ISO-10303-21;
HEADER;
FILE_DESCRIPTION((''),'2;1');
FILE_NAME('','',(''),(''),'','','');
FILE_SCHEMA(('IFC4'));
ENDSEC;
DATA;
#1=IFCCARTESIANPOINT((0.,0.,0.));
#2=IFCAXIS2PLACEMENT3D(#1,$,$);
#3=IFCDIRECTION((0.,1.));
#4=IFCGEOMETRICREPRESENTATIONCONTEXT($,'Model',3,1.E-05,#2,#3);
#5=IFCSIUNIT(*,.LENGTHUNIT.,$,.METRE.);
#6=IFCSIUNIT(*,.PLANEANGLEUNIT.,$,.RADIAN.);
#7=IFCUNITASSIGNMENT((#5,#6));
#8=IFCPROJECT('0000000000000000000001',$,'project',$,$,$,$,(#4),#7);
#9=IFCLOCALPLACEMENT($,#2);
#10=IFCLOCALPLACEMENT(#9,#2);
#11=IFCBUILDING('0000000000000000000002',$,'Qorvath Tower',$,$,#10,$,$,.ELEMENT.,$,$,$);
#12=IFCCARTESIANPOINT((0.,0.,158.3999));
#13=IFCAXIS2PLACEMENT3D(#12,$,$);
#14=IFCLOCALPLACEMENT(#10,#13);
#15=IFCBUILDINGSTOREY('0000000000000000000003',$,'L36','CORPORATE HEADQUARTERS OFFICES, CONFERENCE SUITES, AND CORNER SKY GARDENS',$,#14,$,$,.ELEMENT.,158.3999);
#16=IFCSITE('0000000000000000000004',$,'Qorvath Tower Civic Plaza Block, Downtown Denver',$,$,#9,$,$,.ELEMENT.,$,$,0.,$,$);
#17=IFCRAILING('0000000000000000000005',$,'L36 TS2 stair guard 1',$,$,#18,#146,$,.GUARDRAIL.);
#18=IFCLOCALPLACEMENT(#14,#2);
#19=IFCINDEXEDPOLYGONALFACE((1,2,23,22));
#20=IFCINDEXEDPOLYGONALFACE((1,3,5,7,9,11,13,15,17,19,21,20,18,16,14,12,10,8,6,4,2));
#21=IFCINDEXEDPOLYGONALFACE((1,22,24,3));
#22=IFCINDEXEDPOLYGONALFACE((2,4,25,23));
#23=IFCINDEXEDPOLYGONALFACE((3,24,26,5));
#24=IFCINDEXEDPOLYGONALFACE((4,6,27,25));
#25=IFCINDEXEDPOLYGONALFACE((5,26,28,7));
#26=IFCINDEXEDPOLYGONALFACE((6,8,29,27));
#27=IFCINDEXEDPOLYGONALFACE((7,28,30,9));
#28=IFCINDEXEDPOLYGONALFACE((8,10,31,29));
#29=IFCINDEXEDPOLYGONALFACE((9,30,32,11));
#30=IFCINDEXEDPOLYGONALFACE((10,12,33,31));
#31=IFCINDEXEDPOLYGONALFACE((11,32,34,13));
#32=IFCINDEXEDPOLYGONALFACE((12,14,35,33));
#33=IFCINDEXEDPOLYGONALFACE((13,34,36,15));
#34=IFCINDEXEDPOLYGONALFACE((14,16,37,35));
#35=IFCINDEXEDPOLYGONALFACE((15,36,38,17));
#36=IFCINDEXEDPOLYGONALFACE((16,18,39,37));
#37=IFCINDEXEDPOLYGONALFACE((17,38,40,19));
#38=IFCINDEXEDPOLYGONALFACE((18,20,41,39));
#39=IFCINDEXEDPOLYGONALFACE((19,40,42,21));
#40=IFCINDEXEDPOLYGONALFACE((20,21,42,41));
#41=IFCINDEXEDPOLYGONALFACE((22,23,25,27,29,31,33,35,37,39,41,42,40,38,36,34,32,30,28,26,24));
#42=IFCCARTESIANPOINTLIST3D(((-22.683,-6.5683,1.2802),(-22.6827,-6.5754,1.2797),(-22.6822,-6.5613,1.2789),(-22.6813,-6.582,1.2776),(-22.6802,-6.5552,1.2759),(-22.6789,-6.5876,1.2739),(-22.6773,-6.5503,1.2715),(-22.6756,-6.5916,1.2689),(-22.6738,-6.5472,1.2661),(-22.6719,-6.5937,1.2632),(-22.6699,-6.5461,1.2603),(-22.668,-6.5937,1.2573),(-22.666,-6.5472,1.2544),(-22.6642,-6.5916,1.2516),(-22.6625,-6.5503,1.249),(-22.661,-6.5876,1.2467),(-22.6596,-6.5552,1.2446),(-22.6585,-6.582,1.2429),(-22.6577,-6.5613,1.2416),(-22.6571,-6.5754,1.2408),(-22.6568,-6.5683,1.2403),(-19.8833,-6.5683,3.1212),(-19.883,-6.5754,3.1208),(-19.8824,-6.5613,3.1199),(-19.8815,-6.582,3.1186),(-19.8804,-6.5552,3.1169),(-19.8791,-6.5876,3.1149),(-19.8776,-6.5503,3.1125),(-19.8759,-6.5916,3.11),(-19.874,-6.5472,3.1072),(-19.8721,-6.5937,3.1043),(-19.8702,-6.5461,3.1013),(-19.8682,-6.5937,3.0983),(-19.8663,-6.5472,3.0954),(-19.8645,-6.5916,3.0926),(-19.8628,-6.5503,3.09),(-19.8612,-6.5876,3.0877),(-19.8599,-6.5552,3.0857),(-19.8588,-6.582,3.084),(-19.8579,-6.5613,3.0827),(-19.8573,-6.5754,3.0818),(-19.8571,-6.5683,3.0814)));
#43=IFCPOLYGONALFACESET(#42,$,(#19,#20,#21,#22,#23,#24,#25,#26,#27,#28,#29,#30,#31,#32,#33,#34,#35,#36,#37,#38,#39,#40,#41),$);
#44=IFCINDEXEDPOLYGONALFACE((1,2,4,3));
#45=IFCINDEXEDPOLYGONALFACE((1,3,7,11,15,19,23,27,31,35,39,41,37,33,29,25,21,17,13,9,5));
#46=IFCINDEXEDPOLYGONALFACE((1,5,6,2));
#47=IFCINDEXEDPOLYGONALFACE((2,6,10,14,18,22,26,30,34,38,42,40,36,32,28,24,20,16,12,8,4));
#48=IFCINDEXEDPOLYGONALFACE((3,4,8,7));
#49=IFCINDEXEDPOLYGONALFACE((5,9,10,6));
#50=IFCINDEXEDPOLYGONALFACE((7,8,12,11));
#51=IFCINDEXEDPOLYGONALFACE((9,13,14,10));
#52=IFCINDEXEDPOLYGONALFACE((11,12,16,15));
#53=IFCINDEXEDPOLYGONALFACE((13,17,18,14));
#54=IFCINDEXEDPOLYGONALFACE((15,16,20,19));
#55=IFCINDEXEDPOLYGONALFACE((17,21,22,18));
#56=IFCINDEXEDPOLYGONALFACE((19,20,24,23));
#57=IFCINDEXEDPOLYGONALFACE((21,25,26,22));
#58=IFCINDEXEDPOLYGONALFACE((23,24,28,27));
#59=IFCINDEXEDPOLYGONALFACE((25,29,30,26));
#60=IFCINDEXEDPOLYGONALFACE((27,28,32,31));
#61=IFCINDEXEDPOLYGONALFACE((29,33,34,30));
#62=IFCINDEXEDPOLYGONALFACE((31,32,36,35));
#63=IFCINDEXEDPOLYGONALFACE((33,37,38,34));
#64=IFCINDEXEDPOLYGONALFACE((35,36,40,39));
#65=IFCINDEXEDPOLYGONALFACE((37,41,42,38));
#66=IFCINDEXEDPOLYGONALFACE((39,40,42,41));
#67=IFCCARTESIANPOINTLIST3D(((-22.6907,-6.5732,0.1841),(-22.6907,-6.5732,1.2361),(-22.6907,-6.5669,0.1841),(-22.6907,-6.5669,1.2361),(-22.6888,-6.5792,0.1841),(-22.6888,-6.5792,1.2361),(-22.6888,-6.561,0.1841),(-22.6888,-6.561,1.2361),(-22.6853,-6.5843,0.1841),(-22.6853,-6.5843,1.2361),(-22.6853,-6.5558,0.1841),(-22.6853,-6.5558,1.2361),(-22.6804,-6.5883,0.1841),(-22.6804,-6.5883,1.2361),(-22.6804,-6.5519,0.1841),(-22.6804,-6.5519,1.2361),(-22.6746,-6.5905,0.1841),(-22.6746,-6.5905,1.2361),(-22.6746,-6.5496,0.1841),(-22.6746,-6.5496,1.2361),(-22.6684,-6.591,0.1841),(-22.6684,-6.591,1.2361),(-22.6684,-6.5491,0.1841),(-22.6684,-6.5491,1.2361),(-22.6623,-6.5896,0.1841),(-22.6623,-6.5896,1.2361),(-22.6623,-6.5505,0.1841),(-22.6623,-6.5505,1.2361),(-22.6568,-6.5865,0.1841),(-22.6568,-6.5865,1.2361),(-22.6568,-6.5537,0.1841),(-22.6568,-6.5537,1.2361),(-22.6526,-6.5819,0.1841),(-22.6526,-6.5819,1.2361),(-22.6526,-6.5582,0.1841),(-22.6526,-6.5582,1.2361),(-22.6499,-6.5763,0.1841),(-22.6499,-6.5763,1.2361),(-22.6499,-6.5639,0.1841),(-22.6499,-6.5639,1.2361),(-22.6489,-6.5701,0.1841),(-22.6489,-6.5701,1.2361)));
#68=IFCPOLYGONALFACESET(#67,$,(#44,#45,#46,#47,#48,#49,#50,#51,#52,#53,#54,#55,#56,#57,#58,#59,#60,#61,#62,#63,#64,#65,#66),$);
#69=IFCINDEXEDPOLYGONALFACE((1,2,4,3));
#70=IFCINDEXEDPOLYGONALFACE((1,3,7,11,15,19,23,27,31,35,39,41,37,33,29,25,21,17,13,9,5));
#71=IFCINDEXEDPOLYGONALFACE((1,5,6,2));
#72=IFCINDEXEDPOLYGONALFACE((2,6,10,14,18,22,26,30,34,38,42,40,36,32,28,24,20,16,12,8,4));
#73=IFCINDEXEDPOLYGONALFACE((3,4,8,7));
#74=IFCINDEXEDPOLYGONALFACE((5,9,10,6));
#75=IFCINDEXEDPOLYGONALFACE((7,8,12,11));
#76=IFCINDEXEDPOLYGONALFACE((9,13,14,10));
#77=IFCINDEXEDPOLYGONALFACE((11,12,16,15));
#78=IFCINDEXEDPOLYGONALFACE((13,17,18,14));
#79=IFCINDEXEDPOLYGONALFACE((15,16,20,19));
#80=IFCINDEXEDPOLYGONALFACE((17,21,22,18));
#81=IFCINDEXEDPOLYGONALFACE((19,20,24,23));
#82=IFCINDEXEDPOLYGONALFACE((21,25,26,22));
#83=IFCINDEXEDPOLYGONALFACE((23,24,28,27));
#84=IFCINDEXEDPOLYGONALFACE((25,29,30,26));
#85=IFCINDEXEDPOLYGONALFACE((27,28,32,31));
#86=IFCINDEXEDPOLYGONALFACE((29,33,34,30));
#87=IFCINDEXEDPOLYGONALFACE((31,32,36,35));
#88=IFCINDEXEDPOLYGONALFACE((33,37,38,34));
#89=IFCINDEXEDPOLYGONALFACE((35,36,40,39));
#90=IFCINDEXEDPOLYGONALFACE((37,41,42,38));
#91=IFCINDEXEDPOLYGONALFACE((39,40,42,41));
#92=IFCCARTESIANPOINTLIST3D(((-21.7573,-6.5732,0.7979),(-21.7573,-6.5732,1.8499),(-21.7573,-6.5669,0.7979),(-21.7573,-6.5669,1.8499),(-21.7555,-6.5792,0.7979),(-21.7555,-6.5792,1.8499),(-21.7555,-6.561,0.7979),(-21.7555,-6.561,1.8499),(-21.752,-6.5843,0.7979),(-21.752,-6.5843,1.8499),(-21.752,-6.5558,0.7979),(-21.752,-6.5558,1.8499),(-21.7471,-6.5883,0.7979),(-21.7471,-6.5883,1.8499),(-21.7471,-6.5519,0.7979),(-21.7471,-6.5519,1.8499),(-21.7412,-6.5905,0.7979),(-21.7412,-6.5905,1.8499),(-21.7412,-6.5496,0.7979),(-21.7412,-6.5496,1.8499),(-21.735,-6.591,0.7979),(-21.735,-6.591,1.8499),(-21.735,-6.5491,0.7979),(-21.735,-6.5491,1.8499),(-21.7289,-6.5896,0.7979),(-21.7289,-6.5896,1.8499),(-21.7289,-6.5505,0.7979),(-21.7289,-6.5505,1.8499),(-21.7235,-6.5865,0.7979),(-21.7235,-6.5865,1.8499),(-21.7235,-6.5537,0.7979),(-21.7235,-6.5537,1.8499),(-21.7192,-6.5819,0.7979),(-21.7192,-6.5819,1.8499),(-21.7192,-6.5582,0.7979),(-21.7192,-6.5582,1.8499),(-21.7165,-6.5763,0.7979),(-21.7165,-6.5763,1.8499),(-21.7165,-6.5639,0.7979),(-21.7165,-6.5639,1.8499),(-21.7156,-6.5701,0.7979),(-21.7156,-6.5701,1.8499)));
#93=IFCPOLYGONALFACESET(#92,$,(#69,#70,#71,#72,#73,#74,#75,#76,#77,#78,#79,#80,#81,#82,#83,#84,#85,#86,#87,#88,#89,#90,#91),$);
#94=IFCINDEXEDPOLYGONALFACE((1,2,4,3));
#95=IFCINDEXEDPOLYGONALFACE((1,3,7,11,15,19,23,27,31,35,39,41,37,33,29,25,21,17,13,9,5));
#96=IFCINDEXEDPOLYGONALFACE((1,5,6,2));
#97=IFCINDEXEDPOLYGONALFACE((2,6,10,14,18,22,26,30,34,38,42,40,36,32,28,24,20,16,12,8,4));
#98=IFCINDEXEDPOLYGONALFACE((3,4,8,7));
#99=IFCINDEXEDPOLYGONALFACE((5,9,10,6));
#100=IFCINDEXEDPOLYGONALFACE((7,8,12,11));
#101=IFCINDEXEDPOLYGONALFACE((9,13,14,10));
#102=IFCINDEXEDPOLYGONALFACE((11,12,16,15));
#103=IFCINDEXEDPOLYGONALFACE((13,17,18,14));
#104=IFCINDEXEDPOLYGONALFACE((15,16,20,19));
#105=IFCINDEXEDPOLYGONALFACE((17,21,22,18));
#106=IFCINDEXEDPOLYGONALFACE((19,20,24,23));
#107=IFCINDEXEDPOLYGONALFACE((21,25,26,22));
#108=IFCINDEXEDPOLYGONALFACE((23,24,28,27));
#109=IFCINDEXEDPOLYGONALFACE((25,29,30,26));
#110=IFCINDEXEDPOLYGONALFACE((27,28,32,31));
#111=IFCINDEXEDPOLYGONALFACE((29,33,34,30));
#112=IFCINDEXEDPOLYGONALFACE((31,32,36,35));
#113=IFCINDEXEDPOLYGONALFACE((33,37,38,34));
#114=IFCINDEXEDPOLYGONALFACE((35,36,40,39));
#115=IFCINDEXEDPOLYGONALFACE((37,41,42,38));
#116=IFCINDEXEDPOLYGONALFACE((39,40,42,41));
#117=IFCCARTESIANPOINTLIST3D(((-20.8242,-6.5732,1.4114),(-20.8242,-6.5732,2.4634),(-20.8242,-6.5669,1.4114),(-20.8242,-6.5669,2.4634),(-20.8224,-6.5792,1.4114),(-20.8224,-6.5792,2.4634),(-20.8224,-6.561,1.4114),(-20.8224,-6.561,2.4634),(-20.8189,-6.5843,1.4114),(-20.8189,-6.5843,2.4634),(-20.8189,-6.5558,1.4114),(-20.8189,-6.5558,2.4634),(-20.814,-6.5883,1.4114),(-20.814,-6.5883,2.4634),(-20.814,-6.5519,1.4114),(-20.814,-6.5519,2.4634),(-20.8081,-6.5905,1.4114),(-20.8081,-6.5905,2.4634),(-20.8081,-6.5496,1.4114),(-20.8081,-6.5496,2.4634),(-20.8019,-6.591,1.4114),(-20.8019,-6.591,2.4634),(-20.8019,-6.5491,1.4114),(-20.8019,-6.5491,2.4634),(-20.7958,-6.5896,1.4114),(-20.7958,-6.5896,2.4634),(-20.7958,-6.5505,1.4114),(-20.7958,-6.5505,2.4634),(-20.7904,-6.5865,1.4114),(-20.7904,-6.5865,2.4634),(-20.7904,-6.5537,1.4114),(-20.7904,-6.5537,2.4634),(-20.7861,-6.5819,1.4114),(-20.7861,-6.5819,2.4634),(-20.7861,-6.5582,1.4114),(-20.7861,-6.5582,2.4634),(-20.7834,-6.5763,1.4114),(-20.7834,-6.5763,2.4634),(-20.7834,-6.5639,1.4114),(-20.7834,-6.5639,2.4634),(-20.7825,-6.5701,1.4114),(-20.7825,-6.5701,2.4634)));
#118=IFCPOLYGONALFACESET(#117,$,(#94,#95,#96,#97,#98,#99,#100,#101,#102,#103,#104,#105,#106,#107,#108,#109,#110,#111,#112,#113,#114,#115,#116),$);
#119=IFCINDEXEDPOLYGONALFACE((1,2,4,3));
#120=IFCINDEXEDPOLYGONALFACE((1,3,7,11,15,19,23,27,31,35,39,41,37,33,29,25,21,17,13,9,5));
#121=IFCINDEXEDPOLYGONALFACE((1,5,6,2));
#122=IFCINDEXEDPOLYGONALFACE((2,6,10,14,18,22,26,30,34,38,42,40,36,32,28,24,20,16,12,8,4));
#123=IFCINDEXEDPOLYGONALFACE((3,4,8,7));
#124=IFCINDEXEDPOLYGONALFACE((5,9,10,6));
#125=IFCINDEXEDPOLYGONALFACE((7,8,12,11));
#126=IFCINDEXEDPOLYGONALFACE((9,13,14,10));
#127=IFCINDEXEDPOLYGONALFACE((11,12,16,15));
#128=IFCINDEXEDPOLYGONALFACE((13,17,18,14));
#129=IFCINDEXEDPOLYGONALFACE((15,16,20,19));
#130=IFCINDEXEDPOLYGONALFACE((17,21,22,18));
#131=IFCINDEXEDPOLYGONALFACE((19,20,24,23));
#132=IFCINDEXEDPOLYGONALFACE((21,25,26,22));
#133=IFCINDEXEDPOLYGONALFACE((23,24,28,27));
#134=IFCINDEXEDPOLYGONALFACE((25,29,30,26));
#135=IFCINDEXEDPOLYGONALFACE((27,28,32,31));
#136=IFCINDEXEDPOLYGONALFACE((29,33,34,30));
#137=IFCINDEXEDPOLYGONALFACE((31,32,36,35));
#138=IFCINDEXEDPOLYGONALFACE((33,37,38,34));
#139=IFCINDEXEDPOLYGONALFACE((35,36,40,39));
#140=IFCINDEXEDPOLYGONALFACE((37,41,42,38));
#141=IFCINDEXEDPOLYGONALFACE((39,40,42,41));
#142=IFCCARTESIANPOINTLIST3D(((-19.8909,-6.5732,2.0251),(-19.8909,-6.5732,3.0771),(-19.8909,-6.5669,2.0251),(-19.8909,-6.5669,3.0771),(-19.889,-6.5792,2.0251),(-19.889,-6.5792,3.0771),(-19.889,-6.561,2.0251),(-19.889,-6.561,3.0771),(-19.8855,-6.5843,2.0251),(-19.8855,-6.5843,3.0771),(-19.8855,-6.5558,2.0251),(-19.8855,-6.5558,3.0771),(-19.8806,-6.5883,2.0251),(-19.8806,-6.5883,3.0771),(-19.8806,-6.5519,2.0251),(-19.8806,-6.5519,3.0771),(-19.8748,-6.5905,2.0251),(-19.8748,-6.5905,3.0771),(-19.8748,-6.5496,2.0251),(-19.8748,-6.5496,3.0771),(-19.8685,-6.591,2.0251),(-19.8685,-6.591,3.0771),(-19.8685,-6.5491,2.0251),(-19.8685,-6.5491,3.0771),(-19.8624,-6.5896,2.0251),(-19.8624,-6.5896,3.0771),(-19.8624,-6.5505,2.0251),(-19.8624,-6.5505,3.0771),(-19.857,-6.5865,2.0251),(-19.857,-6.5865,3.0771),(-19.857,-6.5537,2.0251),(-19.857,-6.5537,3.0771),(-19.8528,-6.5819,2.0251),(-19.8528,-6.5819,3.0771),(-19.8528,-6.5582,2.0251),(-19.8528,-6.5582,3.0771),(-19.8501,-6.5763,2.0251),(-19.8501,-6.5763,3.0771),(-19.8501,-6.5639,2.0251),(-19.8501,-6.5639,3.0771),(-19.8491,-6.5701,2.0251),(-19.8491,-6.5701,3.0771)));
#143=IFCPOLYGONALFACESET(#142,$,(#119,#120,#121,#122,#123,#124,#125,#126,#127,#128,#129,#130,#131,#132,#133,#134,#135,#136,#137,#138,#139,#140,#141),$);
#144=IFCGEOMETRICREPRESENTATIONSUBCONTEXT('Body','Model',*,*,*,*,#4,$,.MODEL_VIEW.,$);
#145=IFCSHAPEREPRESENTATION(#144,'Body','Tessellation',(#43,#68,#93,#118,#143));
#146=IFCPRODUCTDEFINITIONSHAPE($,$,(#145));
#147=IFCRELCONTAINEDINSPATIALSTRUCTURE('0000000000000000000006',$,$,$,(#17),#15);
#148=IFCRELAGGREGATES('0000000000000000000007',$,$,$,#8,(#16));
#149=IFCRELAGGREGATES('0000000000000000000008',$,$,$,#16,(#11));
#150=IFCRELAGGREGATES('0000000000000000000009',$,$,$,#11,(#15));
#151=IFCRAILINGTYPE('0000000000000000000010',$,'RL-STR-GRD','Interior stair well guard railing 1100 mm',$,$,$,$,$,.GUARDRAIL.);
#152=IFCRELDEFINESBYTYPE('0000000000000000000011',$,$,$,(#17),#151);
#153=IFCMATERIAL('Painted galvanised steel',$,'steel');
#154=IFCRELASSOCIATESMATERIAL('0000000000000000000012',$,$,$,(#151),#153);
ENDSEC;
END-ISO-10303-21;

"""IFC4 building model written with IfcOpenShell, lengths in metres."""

from ifc_helpers import new_model, si_unit, direction, frame, origin, origin_2d, place, context, subcontext, project, spatial, circle, extrude, material, type_object, element, save


model = new_model("IFC4")

# Units and contexts
model_context = context("Model", 3, precision=1e-05, world=origin(), true_north=direction((0.0, 1.0)))
body_context = subcontext(model_context, "Body", "Model", "MODEL_VIEW")
ifc_project = project(units=[si_unit("LENGTHUNIT", "METRE"), si_unit("PLANEANGLEUNIT", "RADIAN")], contexts=[model_context])

# Site, building, storey
site_placement = place(None, origin())
site = spatial("IfcSite", under=ifc_project, at=site_placement, Name="Qorvath Tower Civic Plaza Block, Downtown Denver", CompositionType="ELEMENT", RefElevation=0.0)
building_placement = place(site_placement, origin())
building = spatial("IfcBuilding", under=site, at=building_placement, Name="Qorvath Tower", CompositionType="ELEMENT")
storey_placement = place(building_placement, frame((0.0, 0.0, 158.3999)))
storey = spatial("IfcBuildingStorey", under=building, at=storey_placement, Name="L36", Description="CORPORATE HEADQUARTERS OFFICES, CONFERENCE SUITES, AND CORNER SKY GARDENS", CompositionType="ELEMENT", Elevation=158.3999)

# Railing
ifc_material_1 = material(Name="Painted galvanised steel", Category="steel")
railing_type_1 = type_object("IfcRailingType", Name="RL-STR-GRD", Description="Interior stair well guard railing 1100 mm", PredefinedType="GUARDRAIL", material=ifc_material_1)
railing_1_placement = place(storey_placement, frame((-22.6699, -6.5701, 0.1841)))
element("IfcRailing", 1, at=railing_1_placement, inside=storey, type_object=railing_type_1, Name="L36 TS2 stair guard 1", PredefinedType="GUARDRAIL", context=body_context, shape_type="SweptSolid", body=[
    extrude(circle(Radius=0.0239, at=origin_2d()), frame((0.0, 0.0, 1.0762), z_axis=(0.835542, 0.0, 0.549426), x_axis=(0.0, 1.0, 0.0)), (0.0, 0.0, 1.0), 3.3508),
    extrude(circle(Radius=0.021, at=origin_2d()), origin(), (0.0, 0.0, 1.0), 1.052),
    extrude(circle(Radius=0.021, at=origin_2d()), frame((0.9333, 0.0, 0.6138)), (0.0, 0.0, 1.0), 1.052),
    extrude(circle(Radius=0.021, at=origin_2d()), frame((1.8665, 0.0, 1.2273)), (0.0, 0.0, 1.0), 1.052),
    extrude(circle(Radius=0.021, at=origin_2d()), frame((2.7998, 0.0, 1.8411)), (0.0, 0.0, 1.0), 1.052),
])

save(model, "model.ifc")
